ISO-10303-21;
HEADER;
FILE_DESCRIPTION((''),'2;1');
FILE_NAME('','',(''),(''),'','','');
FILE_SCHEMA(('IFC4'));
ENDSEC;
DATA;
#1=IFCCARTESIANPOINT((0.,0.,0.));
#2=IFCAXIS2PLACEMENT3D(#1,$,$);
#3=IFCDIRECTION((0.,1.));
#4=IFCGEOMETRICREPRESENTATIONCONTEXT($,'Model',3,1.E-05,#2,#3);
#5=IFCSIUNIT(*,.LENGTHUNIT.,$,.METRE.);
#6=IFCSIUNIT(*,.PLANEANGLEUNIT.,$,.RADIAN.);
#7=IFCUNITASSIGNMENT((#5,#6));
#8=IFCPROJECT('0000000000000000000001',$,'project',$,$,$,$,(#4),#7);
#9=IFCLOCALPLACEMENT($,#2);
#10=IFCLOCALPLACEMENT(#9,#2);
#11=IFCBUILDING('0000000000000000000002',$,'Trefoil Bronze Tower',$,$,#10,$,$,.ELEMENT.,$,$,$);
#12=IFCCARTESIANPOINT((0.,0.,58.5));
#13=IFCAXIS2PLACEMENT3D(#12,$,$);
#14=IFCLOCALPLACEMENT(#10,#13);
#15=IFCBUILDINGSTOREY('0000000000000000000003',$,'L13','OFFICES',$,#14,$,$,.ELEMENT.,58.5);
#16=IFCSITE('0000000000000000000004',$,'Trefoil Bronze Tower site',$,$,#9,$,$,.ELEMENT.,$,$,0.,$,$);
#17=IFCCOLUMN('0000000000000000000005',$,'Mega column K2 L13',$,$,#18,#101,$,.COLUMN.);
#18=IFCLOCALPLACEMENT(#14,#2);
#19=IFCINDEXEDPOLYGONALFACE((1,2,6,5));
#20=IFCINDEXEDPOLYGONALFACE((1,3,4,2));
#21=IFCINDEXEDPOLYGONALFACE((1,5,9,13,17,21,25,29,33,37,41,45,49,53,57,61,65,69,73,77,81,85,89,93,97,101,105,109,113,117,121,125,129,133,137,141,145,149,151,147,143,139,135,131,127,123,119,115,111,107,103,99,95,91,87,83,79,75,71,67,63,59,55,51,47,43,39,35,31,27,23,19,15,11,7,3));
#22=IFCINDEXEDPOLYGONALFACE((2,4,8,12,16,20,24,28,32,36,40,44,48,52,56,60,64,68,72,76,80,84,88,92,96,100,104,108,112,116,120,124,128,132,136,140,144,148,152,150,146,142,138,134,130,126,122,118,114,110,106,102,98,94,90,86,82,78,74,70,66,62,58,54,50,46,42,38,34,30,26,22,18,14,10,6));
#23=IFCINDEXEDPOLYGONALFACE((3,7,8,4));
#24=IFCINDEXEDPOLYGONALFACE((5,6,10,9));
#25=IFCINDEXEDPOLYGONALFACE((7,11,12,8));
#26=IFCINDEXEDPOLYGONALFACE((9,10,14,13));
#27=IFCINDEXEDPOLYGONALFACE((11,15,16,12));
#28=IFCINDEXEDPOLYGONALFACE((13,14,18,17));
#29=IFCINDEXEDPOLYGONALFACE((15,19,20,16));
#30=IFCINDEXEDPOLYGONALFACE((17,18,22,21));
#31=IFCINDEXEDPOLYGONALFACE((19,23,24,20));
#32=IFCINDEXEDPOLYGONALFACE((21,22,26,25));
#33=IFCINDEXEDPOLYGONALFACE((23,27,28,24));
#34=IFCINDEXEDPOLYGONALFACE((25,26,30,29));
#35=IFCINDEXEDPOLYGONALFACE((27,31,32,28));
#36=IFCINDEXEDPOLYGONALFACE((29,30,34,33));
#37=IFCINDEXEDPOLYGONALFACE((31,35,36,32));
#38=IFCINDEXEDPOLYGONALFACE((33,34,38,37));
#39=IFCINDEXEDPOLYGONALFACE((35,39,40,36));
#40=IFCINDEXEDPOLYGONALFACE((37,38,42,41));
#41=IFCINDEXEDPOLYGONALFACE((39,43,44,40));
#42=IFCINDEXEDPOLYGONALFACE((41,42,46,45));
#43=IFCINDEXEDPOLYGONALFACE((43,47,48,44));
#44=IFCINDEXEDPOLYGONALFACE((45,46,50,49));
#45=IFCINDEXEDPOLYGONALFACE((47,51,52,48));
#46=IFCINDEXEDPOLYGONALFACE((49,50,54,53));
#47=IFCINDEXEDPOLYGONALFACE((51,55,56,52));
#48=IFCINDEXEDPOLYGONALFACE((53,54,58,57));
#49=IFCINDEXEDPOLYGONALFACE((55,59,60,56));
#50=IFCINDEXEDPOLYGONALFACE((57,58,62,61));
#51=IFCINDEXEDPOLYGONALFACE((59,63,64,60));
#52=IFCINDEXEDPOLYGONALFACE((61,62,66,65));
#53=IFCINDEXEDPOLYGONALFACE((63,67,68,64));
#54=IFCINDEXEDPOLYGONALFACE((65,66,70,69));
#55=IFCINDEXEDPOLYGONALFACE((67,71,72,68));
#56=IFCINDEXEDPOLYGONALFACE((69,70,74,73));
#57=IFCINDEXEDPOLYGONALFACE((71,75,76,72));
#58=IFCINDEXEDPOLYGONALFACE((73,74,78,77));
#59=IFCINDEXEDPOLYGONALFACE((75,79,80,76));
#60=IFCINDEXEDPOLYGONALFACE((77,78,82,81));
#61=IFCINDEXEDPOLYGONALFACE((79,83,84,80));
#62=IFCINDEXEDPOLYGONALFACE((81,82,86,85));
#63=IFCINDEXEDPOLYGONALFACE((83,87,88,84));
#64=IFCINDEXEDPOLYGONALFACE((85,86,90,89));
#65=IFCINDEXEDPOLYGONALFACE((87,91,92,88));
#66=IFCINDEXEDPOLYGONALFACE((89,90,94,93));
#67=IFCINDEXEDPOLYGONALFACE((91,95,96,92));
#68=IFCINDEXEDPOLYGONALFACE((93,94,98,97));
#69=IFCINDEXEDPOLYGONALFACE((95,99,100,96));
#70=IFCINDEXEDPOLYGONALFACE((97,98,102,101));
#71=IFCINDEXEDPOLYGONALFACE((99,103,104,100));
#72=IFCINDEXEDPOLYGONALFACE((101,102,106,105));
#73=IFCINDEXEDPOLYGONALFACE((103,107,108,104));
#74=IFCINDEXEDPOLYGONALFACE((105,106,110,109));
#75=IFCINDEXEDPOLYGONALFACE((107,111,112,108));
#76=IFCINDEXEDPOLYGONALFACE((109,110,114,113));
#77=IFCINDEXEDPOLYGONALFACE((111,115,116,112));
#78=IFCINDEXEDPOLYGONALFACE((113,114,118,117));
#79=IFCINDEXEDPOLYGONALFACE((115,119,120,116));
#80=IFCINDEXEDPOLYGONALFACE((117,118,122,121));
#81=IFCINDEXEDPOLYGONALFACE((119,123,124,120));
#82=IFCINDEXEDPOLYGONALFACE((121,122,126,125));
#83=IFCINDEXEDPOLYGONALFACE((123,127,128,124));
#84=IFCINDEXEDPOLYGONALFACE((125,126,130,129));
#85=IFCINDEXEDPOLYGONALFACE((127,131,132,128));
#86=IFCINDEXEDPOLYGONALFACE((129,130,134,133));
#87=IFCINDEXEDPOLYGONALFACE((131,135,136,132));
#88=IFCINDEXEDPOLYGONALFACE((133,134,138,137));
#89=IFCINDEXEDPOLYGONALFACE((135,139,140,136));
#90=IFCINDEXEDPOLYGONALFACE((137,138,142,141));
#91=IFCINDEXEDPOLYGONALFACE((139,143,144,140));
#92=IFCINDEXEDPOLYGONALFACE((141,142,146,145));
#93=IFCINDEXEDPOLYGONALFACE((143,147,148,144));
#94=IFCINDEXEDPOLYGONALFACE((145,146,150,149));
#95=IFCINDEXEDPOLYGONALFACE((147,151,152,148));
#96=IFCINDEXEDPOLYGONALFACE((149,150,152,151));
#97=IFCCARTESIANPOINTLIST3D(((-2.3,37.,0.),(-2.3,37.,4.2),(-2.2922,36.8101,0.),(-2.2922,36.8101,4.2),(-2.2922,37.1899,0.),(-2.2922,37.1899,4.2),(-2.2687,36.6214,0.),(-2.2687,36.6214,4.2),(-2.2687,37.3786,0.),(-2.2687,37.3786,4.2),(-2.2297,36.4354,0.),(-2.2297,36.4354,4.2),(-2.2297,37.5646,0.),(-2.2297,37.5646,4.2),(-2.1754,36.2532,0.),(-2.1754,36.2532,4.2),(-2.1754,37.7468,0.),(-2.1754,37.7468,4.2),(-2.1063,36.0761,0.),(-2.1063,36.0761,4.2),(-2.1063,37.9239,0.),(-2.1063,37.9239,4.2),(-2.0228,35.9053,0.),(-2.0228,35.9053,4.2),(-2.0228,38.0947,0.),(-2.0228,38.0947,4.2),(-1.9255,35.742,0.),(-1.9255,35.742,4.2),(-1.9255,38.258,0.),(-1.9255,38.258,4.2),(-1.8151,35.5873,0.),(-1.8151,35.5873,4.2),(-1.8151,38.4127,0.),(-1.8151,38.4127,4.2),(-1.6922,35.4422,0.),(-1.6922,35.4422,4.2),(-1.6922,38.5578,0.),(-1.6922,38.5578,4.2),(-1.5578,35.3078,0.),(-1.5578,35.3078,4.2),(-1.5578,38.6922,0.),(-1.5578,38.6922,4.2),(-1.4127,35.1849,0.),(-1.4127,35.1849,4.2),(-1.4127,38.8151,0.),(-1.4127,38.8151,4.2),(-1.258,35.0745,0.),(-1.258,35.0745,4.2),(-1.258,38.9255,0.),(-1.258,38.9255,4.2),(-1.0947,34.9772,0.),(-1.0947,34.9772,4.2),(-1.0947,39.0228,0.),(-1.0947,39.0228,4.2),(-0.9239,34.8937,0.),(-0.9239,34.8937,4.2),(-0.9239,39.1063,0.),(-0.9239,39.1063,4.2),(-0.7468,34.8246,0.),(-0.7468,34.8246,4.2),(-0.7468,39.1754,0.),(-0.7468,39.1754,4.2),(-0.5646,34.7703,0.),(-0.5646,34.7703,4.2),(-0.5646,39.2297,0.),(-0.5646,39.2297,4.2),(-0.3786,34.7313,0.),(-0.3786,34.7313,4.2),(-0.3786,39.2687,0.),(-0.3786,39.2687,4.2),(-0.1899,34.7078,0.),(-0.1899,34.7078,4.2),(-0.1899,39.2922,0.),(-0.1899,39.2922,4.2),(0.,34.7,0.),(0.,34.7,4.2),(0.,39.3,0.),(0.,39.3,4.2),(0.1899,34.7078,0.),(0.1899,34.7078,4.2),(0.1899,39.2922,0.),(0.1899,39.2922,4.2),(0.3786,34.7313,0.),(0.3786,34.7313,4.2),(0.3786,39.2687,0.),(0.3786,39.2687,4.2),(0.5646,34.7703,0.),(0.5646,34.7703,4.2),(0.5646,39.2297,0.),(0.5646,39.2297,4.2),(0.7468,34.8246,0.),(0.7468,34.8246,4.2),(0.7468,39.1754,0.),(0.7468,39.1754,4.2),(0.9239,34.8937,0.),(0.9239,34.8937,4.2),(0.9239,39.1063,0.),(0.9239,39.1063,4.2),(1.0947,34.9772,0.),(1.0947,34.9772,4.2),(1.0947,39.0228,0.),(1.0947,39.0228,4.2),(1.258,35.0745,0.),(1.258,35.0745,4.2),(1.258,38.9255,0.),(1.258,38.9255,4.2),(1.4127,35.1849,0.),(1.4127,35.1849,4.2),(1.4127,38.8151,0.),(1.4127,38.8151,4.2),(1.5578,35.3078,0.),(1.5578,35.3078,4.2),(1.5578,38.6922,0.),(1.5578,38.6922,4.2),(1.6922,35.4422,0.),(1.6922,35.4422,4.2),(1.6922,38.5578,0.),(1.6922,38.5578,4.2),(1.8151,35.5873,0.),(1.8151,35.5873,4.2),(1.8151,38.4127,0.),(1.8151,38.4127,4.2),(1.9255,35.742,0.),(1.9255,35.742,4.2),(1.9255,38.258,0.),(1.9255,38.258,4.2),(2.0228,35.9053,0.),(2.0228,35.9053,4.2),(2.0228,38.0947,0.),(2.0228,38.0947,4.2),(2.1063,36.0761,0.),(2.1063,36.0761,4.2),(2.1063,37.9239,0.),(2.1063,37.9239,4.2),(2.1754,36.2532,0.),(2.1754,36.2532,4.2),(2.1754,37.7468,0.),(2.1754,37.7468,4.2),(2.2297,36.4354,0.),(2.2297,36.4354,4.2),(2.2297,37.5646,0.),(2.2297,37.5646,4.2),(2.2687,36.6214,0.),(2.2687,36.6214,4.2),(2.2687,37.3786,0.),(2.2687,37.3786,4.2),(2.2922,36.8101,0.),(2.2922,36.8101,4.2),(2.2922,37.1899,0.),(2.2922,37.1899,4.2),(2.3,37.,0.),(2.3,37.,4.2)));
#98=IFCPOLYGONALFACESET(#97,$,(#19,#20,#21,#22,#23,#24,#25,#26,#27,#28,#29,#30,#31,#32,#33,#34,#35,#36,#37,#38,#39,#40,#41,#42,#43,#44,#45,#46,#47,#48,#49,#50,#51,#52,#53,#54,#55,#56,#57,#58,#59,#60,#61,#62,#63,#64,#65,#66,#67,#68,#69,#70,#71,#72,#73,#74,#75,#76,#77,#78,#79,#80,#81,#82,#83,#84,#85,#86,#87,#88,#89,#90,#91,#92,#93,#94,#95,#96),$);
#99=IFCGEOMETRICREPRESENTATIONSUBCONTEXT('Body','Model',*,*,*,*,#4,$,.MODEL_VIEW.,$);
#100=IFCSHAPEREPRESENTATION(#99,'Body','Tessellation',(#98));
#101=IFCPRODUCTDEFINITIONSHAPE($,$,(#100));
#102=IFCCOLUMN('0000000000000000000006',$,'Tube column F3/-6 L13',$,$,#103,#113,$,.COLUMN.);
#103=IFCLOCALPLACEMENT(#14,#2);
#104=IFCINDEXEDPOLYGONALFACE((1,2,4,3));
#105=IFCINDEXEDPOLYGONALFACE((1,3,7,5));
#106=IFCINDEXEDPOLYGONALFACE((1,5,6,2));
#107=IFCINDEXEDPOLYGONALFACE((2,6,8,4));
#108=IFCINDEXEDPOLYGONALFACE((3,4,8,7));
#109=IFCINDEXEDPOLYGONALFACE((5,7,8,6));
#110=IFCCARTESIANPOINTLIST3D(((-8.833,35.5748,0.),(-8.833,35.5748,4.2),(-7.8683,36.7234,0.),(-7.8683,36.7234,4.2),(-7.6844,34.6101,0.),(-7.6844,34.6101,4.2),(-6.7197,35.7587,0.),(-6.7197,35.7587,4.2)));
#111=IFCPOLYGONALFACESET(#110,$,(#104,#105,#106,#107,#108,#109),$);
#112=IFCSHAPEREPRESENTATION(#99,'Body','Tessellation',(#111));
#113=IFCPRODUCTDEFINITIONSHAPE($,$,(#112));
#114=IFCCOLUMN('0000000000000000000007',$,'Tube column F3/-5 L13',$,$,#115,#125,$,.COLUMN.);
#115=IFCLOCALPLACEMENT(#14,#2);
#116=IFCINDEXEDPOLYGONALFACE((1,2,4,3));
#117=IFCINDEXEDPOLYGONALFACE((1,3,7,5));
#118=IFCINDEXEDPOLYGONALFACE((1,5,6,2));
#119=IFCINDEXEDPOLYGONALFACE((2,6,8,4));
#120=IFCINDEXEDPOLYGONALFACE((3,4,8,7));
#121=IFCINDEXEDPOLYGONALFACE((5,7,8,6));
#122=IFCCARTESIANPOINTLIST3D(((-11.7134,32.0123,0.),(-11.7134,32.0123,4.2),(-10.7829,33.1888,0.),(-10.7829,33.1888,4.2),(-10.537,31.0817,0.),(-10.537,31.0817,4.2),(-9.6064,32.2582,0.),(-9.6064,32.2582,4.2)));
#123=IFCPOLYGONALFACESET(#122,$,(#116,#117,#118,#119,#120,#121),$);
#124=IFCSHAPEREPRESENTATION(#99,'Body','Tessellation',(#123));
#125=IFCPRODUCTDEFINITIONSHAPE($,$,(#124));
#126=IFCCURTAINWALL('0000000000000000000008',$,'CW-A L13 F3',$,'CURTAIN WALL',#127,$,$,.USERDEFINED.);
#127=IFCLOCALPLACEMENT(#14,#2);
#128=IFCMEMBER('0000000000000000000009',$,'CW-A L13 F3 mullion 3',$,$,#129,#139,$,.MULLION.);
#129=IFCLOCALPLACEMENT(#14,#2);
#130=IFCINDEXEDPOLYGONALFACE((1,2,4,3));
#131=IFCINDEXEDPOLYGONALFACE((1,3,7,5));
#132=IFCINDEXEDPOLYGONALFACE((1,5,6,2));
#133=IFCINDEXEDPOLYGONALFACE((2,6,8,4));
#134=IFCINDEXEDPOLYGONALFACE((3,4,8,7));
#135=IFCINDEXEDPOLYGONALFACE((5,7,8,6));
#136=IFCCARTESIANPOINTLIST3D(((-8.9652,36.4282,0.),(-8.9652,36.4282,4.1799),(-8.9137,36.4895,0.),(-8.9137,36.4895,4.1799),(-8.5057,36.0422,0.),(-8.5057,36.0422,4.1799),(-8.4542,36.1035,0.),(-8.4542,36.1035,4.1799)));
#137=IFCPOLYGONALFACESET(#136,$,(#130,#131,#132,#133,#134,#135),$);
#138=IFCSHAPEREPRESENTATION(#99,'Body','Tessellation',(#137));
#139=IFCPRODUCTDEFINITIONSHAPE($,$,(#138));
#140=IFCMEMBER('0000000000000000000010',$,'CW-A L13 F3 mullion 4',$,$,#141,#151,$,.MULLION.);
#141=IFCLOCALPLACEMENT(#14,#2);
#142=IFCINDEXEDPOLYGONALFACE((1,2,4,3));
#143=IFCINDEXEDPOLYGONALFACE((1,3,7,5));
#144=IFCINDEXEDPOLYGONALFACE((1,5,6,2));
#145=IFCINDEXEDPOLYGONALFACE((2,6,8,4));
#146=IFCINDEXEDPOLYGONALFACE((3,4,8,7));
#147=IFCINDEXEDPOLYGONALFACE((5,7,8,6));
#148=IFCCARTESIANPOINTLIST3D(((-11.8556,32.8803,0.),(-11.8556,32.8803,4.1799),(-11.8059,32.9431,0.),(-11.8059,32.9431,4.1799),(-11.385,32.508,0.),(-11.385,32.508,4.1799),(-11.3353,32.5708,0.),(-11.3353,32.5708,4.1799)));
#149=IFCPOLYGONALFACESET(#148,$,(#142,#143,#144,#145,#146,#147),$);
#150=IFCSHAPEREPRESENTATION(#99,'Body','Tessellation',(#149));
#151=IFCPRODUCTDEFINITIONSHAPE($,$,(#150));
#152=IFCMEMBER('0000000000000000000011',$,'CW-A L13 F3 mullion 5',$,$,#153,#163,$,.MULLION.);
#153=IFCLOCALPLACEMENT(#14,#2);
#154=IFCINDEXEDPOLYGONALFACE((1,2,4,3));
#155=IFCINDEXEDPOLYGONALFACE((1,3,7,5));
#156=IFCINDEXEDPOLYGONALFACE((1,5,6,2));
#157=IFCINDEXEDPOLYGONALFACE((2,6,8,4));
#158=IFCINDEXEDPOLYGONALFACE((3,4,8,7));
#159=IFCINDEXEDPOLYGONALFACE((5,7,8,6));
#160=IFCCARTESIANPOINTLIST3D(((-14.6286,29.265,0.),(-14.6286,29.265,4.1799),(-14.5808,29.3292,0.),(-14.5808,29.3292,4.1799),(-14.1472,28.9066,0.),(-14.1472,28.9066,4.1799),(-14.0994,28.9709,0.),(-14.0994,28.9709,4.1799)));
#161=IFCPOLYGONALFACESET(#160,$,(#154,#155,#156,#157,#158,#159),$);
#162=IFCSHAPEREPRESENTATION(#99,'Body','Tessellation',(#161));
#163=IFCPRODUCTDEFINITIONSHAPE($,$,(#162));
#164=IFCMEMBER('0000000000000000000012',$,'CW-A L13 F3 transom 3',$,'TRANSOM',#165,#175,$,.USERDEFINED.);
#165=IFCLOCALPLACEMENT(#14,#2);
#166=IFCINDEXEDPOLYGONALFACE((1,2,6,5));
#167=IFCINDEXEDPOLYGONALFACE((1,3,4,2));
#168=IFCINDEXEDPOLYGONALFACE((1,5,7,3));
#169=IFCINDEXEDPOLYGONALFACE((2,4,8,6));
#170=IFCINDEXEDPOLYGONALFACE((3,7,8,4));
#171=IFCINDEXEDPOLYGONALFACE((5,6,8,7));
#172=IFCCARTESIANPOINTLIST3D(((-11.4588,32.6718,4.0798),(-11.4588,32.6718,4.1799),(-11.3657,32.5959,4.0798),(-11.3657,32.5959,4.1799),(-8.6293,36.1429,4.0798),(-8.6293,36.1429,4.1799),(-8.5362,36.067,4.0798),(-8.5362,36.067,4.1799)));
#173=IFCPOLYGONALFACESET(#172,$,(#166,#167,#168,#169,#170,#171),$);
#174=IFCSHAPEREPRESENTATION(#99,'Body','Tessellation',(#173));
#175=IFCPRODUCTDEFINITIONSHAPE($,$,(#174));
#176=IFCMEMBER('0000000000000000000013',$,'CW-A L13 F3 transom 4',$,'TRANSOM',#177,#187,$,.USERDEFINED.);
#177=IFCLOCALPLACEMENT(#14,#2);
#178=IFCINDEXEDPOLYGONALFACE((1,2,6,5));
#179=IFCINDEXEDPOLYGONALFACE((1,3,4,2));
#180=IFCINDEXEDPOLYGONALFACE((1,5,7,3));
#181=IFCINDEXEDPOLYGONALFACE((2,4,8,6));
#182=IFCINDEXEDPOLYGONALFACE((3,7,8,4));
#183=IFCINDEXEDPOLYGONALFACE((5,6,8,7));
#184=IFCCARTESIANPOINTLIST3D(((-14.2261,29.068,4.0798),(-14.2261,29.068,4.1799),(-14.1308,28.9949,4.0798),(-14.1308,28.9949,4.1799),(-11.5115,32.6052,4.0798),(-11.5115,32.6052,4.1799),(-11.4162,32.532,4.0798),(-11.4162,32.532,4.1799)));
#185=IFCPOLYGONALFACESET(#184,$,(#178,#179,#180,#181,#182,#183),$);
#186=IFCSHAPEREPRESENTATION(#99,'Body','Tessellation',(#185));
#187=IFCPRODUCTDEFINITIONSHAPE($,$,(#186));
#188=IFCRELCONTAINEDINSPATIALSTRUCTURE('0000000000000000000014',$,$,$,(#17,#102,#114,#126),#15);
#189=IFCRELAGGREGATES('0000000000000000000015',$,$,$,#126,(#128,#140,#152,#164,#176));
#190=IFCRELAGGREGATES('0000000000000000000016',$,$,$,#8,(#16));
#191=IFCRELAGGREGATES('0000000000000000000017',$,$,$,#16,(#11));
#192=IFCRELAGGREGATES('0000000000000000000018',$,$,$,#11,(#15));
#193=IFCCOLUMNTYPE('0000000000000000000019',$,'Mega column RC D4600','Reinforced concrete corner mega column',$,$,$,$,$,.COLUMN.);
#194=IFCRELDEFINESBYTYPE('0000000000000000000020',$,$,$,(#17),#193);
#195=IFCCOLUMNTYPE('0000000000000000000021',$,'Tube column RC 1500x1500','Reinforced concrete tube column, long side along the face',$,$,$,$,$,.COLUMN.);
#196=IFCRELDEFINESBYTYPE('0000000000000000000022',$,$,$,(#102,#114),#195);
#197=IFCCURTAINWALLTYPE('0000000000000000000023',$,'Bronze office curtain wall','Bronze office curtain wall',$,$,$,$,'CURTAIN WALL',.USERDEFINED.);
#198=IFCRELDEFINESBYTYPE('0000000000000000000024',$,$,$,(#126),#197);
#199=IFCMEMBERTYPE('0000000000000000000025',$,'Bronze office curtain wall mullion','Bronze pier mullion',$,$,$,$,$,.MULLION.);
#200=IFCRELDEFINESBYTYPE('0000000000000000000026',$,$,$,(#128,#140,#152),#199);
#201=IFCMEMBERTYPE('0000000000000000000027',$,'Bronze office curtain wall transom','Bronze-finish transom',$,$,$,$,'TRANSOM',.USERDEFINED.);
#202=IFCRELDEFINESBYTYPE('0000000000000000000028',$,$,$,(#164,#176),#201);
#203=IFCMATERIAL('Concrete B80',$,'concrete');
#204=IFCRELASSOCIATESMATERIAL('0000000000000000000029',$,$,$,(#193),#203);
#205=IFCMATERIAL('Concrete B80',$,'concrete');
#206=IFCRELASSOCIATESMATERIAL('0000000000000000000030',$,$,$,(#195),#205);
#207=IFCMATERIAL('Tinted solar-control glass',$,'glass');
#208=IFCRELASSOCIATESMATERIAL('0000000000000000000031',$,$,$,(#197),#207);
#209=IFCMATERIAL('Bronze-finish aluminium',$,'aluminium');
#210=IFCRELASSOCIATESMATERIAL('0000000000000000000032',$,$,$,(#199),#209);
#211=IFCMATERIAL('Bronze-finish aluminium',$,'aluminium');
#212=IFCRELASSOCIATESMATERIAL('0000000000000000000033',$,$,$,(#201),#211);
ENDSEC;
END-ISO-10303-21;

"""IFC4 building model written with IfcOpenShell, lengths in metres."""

from ifc_helpers import new_model, si_unit, direction, frame, origin, origin_2d, place, context, subcontext, project, spatial, rectangle, circle, extrude, material, material_profile, profile_set, type_object, element, aggregate, save


model = new_model("IFC4")

# Units and contexts
model_context = context("Model", 3, precision=1e-05, world=origin(), true_north=direction((0.0, 1.0)))
body_context = subcontext(model_context, "Body", "Model", "MODEL_VIEW")
ifc_project = project(units=[si_unit("LENGTHUNIT", "METRE"), si_unit("PLANEANGLEUNIT", "RADIAN")], contexts=[model_context])

# Site, building, storey
site_placement = place(None, origin())
site = spatial("IfcSite", under=ifc_project, at=site_placement, Name="Trefoil Bronze Tower site", CompositionType="ELEMENT", RefElevation=0.0)
building_placement = place(site_placement, origin())
building = spatial("IfcBuilding", under=site, at=building_placement, Name="Trefoil Bronze Tower", CompositionType="ELEMENT")
storey_placement = place(building_placement, frame((0.0, 0.0, 58.5)))
storey = spatial("IfcBuildingStorey", under=building, at=storey_placement, Name="L13", Description="OFFICES", CompositionType="ELEMENT", Elevation=58.5)

# Columns
ifc_material_1 = material(Name="Concrete B80", Category="concrete")
ifc_material_profile_1 = material_profile(ifc_material_1, circle(Radius=2.3, at=origin_2d()), Name="RC D4600")
ifc_profile_set_1 = profile_set([ifc_material_profile_1], Name="Concrete B80")
column_type_1 = type_object("IfcColumnType", Name="Mega column RC D4600", Description="Reinforced concrete corner mega column", PredefinedType="COLUMN", material=ifc_profile_set_1)
column_placement = place(storey_placement, frame((0.0, 37.0, 0.0), z_axis=(0.0, 0.0, 1.0), x_axis=(1.0, 0.0, 0.0)))
element("IfcColumn", 1, at=column_placement, inside=storey, type_object=column_type_1, Name="Mega column K2 L13", PredefinedType="COLUMN", context=body_context, shape_type="SweptSolid", body=[
    extrude(circle(Radius=2.3, at=origin_2d()), origin(), (0.0, 0.0, 1.0), 4.2),
])
ifc_material_2 = material(Name="Concrete B80", Category="concrete")
ifc_material_profile_2 = material_profile(ifc_material_2, rectangle(XDim=1.5, YDim=1.5, at=origin_2d()), Name="RC 1500x1500")
ifc_profile_set_2 = profile_set([ifc_material_profile_2], Name="Concrete B80")
column_type_2 = type_object("IfcColumnType", Name="Tube column RC 1500x1500", Description="Reinforced concrete tube column, long side along the face", PredefinedType="COLUMN", material=ifc_profile_set_2)
for number, where, z_axis, x_axis, name in (
    (2, (-7.7764, 35.6667, 0.0), (0.0, 0.0, 1.0), (-0.643163, -0.765729, 0.0), "Tube column F3/-6 L13"),
    (3, (-10.6599, 32.1353, 0.0), (0.0, 0.0, 1.0), (-0.620376, -0.784305, 0.0), "Tube column F3/-5 L13"),
):
    element("IfcColumn", number, at=place(storey_placement, frame(where, z_axis=z_axis, x_axis=x_axis)), inside=storey, type_object=column_type_2, Name=name, PredefinedType="COLUMN", context=body_context, shape_type="SweptSolid", body=[
        extrude(rectangle(XDim=1.5, YDim=1.5, at=origin_2d()), origin(), (0.0, 0.0, 1.0), 4.2),
    ])

# Curtain wall, members
ifc_material_3 = material(Name="Tinted solar-control glass", Category="glass")
curtain_wall_type = type_object("IfcCurtainWallType", Name="Bronze office curtain wall", Description="Bronze office curtain wall", ElementType="CURTAIN WALL", PredefinedType="USERDEFINED", material=ifc_material_3)
curtain_wall_placement = place(storey_placement, origin())
curtain_wall = element("IfcCurtainWall", 4, at=curtain_wall_placement, inside=storey, type_object=curtain_wall_type, Name="CW-A L13 F3", ObjectType="CURTAIN WALL", PredefinedType="USERDEFINED")
ifc_material_4 = material(Name="Bronze-finish aluminium", Category="aluminium")
ifc_material_profile_3 = material_profile(ifc_material_4, rectangle(XDim=0.6001, YDim=0.0801, at=origin_2d()), Name="CW-A mullion")
ifc_profile_set_3 = profile_set([ifc_material_profile_3], Name="Bronze-finish aluminium")
member_type_1 = type_object("IfcMemberType", Name="Bronze office curtain wall mullion", Description="Bronze pier mullion", PredefinedType="MULLION", material=ifc_profile_set_3)
member_1_placement = place(storey_placement, frame((-8.7097, 36.2659, 0.0), z_axis=(0.0, 0.0, 1.0), x_axis=(0.765729, -0.643163, 0.0)))
member_1 = element("IfcMember", 5, at=member_1_placement, type_object=member_type_1, Name="CW-A L13 F3 mullion 3", PredefinedType="MULLION", context=body_context, shape_type="SweptSolid", body=[
    extrude(rectangle(XDim=0.6001, YDim=0.0801, at=origin_2d()), origin(), (0.0, 0.0, 1.0), 4.1799),
])
member_2_placement = place(storey_placement, frame((-11.5955, 32.7256, 0.0), z_axis=(0.0, 0.0, 1.0), x_axis=(0.784305, -0.620376, 0.0)))
member_2 = element("IfcMember", 6, at=member_2_placement, type_object=member_type_1, Name="CW-A L13 F3 mullion 4", PredefinedType="MULLION", context=body_context, shape_type="SweptSolid", body=[
    extrude(rectangle(XDim=0.6001, YDim=0.0801, at=origin_2d()), origin(), (0.0, 0.0, 1.0), 4.1799),
])
member_3_placement = place(storey_placement, frame((-14.364, 29.1179, 0.0), z_axis=(0.0, 0.0, 1.0), x_axis=(0.802127, -0.597154, 0.0)))
member_3 = element("IfcMember", 7, at=member_3_placement, type_object=member_type_1, Name="CW-A L13 F3 mullion 5", PredefinedType="MULLION", context=body_context, shape_type="SweptSolid", body=[
    extrude(rectangle(XDim=0.6001, YDim=0.0801, at=origin_2d()), origin(), (0.0, 0.0, 1.0), 4.1799),
])
ifc_material_5 = material(Name="Bronze-finish aluminium", Category="aluminium")
ifc_material_profile_4 = material_profile(ifc_material_5, rectangle(XDim=0.1201, YDim=0.1001, at=origin_2d()), Name="CW-A transom")
ifc_profile_set_4 = profile_set([ifc_material_profile_4], Name="Bronze-finish aluminium")
member_type_2 = type_object("IfcMemberType", Name="Bronze office curtain wall transom", Description="Bronze-finish transom", ElementType="TRANSOM", PredefinedType="USERDEFINED", material=ifc_profile_set_4)
member_4_placement = place(storey_placement, frame((-8.5828, 36.105, 4.1299), z_axis=(-0.631836, -0.775102, 0.0), x_axis=(0.775102, -0.631836, 0.0)))
member_4 = element("IfcMember", 8, at=member_4_placement, type_object=member_type_2, Name="CW-A L13 F3 transom 3", ObjectType="TRANSOM", PredefinedType="USERDEFINED", context=body_context, shape_type="SweptSolid", body=[
    extrude(rectangle(XDim=0.1201, YDim=0.1001, at=origin_2d()), origin(), (0.0, 0.0, 1.0), 4.4783),
])
member_5_placement = place(storey_placement, frame((-11.4639, 32.5686, 4.1299), z_axis=(-0.608829, -0.793301, 0.0), x_axis=(0.793301, -0.608829, 0.0)))
member_5 = element("IfcMember", 9, at=member_5_placement, type_object=member_type_2, Name="CW-A L13 F3 transom 4", ObjectType="TRANSOM", PredefinedType="USERDEFINED", context=body_context, shape_type="SweptSolid", body=[
    extrude(rectangle(XDim=0.1201, YDim=0.1001, at=origin_2d()), origin(), (0.0, 0.0, 1.0), 4.4587),
])

aggregate(curtain_wall, [member_1, member_2, member_3, member_4, member_5])

save(model, "model.ifc")
